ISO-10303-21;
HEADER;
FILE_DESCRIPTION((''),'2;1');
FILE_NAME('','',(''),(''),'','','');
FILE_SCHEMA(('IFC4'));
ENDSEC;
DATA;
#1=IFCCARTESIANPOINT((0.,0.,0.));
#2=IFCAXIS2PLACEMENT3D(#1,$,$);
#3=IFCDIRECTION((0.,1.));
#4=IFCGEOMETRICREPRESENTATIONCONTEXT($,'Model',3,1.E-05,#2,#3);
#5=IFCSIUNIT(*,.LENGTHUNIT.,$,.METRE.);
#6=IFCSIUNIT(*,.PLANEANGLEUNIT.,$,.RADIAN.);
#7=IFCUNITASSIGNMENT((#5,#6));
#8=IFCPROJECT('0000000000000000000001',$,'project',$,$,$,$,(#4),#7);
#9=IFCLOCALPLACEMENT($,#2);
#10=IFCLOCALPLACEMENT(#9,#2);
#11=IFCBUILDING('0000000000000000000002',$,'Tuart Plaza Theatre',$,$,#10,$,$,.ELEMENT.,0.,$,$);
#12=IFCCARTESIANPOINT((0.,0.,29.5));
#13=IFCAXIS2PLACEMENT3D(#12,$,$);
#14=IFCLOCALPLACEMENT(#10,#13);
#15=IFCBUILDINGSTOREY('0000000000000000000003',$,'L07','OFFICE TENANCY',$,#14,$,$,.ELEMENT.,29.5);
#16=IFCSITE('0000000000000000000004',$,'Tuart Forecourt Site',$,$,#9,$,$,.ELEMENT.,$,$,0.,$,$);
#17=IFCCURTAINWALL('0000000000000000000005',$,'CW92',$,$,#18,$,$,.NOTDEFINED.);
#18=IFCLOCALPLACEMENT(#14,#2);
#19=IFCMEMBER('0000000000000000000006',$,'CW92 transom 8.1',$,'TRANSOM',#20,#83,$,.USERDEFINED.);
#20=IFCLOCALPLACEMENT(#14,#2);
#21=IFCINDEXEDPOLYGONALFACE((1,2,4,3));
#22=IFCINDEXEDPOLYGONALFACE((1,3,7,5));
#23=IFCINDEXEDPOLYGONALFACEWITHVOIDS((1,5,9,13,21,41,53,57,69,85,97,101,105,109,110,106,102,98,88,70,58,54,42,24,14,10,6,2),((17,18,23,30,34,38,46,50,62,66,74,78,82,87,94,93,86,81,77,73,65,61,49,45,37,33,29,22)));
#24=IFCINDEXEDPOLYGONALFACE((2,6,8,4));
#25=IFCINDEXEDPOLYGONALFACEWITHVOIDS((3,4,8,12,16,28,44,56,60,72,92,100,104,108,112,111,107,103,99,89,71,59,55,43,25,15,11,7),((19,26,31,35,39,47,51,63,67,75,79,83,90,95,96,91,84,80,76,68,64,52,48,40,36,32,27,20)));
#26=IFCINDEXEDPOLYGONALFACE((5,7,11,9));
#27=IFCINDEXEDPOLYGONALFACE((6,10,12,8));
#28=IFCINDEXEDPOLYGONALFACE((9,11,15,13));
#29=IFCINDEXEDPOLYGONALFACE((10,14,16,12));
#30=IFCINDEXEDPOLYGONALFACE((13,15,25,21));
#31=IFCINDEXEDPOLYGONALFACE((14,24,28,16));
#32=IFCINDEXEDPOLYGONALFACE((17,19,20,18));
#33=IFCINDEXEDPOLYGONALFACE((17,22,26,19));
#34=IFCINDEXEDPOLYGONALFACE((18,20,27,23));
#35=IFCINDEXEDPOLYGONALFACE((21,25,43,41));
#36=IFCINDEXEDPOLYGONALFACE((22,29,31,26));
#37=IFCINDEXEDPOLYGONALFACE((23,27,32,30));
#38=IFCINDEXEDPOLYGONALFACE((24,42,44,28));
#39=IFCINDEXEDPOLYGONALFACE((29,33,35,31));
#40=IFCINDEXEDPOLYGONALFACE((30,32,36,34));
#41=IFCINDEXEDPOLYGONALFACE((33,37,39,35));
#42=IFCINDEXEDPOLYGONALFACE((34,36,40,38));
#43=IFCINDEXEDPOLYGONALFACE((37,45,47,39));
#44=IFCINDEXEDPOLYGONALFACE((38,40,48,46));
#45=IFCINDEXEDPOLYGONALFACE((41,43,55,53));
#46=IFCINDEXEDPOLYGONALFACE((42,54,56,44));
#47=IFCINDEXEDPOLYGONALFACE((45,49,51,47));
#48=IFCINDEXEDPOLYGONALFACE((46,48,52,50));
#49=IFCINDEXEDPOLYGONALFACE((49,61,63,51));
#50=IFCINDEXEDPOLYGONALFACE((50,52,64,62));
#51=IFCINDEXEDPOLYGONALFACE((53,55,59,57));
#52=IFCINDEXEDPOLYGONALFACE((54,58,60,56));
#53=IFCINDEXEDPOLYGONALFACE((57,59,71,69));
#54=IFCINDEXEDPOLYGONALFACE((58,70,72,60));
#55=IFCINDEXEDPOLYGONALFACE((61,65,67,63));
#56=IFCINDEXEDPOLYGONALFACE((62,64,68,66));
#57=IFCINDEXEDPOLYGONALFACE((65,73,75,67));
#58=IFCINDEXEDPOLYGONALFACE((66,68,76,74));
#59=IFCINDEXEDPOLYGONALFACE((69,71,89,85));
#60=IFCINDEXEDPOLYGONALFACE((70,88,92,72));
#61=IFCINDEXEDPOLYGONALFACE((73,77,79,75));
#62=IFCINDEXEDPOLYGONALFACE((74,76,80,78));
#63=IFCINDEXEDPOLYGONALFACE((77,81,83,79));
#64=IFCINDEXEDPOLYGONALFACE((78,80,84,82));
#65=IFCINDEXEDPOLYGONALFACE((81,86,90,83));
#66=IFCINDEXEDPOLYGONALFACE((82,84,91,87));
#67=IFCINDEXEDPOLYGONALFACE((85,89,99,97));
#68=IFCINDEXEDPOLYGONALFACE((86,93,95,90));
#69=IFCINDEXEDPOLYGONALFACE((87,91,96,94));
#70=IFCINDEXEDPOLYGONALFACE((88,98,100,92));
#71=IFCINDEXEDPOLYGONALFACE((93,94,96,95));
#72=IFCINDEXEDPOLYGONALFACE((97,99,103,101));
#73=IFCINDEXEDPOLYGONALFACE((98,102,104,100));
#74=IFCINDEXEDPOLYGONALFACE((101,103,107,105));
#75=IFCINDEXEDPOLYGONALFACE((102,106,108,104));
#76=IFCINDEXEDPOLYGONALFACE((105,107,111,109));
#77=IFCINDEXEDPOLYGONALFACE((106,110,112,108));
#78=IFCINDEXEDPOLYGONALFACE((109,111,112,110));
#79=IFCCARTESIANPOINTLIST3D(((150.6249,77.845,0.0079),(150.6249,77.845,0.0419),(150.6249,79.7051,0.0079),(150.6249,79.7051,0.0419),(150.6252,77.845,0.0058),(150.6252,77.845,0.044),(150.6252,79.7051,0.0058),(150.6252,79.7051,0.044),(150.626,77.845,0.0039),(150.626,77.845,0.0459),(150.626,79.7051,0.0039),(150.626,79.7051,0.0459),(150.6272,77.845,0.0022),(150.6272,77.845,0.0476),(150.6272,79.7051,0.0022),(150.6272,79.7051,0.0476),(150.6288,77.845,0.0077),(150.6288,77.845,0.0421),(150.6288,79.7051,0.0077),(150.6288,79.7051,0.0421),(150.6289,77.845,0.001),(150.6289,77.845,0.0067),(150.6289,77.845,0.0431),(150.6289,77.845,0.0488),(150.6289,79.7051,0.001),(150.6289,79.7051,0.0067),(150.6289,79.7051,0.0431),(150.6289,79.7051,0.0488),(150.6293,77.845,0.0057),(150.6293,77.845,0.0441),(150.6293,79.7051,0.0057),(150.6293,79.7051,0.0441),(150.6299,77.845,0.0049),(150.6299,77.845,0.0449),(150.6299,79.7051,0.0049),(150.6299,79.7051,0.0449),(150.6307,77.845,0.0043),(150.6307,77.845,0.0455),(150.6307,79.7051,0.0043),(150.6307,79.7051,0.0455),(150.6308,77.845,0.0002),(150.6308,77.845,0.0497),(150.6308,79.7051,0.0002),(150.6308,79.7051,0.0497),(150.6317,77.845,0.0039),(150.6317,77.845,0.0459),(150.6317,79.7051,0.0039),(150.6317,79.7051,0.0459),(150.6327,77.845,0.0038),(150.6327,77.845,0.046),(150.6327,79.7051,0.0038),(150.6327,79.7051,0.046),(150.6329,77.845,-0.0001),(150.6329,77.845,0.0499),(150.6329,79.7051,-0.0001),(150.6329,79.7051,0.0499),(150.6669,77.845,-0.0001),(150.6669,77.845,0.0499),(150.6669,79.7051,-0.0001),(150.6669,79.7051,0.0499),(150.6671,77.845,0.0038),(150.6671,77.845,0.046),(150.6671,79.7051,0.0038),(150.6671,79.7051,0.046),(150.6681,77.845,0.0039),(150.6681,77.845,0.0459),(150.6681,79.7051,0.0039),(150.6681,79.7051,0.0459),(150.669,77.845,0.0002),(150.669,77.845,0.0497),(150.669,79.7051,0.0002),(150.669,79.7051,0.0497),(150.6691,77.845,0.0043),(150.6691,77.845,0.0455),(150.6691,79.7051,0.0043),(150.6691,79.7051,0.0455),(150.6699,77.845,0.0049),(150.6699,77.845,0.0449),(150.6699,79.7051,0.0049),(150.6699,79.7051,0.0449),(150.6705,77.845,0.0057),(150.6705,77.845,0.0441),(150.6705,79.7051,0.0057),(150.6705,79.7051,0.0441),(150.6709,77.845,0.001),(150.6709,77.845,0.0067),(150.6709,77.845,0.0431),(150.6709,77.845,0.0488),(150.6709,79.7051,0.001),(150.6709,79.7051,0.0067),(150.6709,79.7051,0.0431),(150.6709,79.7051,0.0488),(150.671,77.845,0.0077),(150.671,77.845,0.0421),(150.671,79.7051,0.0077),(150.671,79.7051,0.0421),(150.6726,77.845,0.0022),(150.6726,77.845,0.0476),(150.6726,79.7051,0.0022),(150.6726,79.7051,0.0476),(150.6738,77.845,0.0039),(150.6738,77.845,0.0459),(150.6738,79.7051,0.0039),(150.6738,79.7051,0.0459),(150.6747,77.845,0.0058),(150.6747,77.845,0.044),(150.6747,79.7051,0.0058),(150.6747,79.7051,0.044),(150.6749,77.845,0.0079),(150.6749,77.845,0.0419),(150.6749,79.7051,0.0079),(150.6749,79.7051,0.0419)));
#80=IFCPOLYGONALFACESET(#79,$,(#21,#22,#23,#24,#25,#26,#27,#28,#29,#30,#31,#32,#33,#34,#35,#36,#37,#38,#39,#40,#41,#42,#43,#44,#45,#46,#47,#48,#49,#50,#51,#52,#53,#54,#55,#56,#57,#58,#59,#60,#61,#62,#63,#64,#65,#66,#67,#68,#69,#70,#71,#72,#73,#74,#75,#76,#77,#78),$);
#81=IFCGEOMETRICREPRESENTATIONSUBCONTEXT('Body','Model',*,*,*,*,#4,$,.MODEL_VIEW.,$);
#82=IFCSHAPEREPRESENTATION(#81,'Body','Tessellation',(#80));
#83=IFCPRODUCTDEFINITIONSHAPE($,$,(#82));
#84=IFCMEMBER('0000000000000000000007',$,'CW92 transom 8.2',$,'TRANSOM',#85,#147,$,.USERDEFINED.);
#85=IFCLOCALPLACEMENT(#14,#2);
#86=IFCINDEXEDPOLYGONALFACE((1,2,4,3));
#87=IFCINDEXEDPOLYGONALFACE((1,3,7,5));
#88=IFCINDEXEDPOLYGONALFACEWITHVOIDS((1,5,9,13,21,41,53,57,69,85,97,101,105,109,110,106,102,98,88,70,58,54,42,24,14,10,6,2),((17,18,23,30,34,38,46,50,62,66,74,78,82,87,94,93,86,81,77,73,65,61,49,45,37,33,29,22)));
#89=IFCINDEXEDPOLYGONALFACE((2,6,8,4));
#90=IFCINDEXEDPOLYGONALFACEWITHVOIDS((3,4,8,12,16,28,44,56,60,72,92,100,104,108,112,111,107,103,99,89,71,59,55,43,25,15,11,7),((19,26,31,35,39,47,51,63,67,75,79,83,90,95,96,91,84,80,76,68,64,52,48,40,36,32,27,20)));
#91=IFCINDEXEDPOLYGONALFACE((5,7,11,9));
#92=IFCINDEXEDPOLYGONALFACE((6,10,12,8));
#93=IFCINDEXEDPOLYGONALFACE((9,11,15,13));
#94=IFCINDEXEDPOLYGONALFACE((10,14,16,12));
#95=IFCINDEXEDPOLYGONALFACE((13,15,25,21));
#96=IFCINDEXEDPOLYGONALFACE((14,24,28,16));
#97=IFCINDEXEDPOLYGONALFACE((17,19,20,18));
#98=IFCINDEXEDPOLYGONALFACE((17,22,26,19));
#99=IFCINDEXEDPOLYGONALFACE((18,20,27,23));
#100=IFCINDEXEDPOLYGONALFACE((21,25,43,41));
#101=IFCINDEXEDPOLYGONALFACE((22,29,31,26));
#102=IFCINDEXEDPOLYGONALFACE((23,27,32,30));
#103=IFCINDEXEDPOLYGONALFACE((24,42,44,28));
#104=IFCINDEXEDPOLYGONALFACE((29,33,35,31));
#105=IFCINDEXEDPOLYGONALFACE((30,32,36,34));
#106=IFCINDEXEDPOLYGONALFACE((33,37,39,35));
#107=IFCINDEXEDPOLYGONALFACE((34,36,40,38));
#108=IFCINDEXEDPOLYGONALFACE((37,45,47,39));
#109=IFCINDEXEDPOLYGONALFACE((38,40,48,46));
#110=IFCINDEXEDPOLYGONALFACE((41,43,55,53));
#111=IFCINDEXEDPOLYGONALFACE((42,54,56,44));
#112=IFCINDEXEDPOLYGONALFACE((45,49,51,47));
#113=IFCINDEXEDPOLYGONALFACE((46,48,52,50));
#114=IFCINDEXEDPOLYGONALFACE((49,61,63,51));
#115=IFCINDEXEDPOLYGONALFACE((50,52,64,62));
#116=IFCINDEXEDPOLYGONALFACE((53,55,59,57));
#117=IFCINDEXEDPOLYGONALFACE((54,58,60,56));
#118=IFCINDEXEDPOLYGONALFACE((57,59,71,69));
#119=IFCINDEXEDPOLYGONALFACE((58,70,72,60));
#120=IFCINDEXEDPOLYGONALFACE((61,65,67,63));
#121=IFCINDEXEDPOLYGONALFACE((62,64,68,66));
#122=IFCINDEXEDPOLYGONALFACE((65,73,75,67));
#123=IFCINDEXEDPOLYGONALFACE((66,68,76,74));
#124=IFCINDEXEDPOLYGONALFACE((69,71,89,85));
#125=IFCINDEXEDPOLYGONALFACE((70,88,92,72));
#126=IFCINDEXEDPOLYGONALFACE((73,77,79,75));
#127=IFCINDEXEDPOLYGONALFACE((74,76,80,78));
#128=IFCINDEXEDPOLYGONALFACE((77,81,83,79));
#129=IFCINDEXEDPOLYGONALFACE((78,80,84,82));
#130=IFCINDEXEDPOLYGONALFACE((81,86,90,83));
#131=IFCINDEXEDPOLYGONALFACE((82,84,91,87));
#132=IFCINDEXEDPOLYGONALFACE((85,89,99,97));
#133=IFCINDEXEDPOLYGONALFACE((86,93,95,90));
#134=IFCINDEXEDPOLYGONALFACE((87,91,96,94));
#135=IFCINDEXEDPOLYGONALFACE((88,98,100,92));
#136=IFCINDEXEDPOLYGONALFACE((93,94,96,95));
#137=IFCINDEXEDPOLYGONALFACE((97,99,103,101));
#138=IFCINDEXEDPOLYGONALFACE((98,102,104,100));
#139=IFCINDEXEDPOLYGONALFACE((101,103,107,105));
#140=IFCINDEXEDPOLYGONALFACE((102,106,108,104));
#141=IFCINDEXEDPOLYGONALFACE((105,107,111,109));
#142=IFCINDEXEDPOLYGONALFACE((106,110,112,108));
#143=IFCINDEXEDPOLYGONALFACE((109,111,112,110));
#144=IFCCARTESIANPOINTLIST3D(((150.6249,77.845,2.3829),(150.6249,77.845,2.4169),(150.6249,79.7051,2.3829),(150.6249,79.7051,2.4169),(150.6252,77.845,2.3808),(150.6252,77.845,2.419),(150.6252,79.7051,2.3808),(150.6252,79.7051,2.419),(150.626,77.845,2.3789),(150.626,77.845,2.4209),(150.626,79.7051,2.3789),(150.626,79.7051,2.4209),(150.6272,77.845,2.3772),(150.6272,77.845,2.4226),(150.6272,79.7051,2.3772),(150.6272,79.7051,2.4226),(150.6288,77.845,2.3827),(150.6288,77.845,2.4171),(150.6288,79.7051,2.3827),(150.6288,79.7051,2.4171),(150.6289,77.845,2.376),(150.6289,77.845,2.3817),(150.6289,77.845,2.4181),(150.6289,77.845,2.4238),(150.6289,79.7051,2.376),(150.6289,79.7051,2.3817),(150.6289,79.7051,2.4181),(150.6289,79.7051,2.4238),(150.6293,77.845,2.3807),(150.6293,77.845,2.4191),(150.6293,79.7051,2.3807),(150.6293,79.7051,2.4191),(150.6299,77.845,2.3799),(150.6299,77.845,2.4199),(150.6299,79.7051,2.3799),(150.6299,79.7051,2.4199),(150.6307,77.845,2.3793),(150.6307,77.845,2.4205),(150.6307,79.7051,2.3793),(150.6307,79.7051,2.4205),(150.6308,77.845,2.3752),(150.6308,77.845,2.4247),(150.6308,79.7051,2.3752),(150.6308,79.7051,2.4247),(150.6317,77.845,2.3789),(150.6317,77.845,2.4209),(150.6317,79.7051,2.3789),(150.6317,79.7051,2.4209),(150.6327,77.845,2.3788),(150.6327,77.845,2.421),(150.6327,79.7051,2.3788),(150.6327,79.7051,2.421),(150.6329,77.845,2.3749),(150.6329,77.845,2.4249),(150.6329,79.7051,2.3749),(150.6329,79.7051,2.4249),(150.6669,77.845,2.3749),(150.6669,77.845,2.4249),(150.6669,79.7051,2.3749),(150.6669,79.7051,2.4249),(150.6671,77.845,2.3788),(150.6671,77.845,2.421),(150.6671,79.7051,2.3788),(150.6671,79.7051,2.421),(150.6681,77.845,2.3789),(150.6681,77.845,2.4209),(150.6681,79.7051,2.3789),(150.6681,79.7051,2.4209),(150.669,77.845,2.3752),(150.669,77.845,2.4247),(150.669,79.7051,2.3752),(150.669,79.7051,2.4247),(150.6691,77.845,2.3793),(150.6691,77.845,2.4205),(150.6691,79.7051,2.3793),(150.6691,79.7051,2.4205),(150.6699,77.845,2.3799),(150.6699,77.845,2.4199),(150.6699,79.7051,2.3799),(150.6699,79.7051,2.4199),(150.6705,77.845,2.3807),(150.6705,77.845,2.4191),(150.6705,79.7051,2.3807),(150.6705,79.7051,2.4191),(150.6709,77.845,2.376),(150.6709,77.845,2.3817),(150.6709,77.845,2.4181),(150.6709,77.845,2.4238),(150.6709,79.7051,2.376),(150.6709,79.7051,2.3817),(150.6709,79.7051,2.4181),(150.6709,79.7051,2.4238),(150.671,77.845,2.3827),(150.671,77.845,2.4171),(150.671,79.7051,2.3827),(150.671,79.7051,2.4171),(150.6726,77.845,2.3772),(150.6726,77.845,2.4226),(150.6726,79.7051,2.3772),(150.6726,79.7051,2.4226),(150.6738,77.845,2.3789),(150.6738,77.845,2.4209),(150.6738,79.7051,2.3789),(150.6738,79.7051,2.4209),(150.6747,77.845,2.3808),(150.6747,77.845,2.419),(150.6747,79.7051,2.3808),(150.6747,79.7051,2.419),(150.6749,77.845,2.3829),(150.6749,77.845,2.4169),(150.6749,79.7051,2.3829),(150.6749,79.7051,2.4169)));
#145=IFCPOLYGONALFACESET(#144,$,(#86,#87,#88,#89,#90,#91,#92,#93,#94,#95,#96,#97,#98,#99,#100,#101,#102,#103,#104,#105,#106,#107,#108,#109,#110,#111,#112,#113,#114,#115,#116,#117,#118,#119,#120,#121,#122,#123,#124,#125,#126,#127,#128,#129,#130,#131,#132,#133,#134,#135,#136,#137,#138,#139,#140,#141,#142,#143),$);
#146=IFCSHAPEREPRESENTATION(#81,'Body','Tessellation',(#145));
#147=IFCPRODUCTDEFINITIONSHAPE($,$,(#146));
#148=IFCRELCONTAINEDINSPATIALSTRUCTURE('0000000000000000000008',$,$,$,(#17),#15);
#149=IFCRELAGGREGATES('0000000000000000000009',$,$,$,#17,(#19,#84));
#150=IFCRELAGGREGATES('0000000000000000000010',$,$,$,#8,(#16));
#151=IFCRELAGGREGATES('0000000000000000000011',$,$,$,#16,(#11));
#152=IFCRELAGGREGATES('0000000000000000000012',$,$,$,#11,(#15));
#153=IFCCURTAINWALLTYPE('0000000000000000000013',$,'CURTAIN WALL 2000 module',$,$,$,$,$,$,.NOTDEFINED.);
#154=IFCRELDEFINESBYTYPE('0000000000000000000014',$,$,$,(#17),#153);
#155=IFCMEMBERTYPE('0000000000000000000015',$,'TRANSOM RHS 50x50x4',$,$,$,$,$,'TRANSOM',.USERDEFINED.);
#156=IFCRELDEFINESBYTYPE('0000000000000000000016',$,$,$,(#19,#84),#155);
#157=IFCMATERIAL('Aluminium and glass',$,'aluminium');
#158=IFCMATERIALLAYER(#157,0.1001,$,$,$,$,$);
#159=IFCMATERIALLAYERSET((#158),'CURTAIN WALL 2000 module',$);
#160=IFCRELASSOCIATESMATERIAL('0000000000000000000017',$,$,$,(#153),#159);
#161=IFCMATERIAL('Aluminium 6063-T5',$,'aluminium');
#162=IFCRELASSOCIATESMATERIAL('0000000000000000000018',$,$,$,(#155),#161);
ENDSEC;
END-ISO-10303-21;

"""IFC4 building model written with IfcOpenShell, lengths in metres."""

from ifc_helpers import new_model, si_unit, direction, frame, origin, origin_2d, place, context, subcontext, project, spatial, hollow_rectangle, extrude, material, layer, layer_set, material_profile, profile_set, type_object, element, aggregate, save


model = new_model("IFC4")

# Units and contexts
model_context = context("Model", 3, precision=1e-05, world=origin(), true_north=direction((0.0, 1.0)))
body_context = subcontext(model_context, "Body", "Model", "MODEL_VIEW")
ifc_project = project(units=[si_unit("LENGTHUNIT", "METRE"), si_unit("PLANEANGLEUNIT", "RADIAN")], contexts=[model_context])

# Site, building, storey
site_placement = place(None, origin())
site = spatial("IfcSite", under=ifc_project, at=site_placement, Name="Tuart Forecourt Site", CompositionType="ELEMENT", RefElevation=0.0)
building_placement = place(site_placement, origin())
building = spatial("IfcBuilding", under=site, at=building_placement, Name="Tuart Plaza Theatre", CompositionType="ELEMENT", ElevationOfRefHeight=0.0)
storey_placement = place(building_placement, frame((0.0, 0.0, 29.5)))
storey = spatial("IfcBuildingStorey", under=building, at=storey_placement, Name="L07", Description="OFFICE TENANCY", CompositionType="ELEMENT", Elevation=29.5)

# Curtain wall, members
ifc_material_1 = material(Name="Aluminium and glass", Category="aluminium")
ifc_layer_1 = layer(ifc_material_1, 0.1001)
ifc_layer_set_1 = layer_set([ifc_layer_1], Name="CURTAIN WALL 2000 module")
curtain_wall_type = type_object("IfcCurtainWallType", Name="CURTAIN WALL 2000 module", PredefinedType="NOTDEFINED", material=ifc_layer_set_1)
curtain_wall_placement = place(storey_placement, origin())
curtain_wall = element("IfcCurtainWall", 1, at=curtain_wall_placement, inside=storey, type_object=curtain_wall_type, Name="CW92", PredefinedType="NOTDEFINED")
ifc_material_2 = material(Name="Aluminium 6063-T5", Category="aluminium")
ifc_material_profile_1 = material_profile(ifc_material_2, hollow_rectangle(XDim=0.05, YDim=0.05, WallThickness=0.0039, InnerFilletRadius=0.0039, OuterFilletRadius=0.0081, at=origin_2d()), Name="RHS 50x50x4")
ifc_profile_set_1 = profile_set([ifc_material_profile_1], Name="Aluminium 6063-T5")
member_type_1 = type_object("IfcMemberType", Name="TRANSOM RHS 50x50x4", ElementType="TRANSOM", PredefinedType="USERDEFINED", material=ifc_profile_set_1)
member_1_placement = place(storey_placement, frame((150.6499, 77.845, 0.0249), z_axis=(0.0, 1.0, 0.0), x_axis=(-1.0, 0.0, 0.0)))
member_1 = element("IfcMember", 2, at=member_1_placement, type_object=member_type_1, Name="CW92 transom 8.1", ObjectType="TRANSOM", PredefinedType="USERDEFINED", context=body_context, shape_type="SweptSolid", body=[
    extrude(hollow_rectangle(XDim=0.05, YDim=0.05, WallThickness=0.0039, InnerFilletRadius=0.0039, OuterFilletRadius=0.0081, at=origin_2d()), origin(), (0.0, 0.0, 1.0), 1.8601),
])
member_2_placement = place(storey_placement, frame((150.6499, 77.845, 2.3999), z_axis=(0.0, 1.0, 0.0), x_axis=(-1.0, 0.0, 0.0)))
member_2 = element("IfcMember", 3, at=member_2_placement, type_object=member_type_1, Name="CW92 transom 8.2", ObjectType="TRANSOM", PredefinedType="USERDEFINED", context=body_context, shape_type="SweptSolid", body=[
    extrude(hollow_rectangle(XDim=0.05, YDim=0.05, WallThickness=0.0039, InnerFilletRadius=0.0039, OuterFilletRadius=0.0081, at=origin_2d()), origin(), (0.0, 0.0, 1.0), 1.8601),
])
aggregate(curtain_wall, [member_1, member_2])

save(model, "model.ifc")
